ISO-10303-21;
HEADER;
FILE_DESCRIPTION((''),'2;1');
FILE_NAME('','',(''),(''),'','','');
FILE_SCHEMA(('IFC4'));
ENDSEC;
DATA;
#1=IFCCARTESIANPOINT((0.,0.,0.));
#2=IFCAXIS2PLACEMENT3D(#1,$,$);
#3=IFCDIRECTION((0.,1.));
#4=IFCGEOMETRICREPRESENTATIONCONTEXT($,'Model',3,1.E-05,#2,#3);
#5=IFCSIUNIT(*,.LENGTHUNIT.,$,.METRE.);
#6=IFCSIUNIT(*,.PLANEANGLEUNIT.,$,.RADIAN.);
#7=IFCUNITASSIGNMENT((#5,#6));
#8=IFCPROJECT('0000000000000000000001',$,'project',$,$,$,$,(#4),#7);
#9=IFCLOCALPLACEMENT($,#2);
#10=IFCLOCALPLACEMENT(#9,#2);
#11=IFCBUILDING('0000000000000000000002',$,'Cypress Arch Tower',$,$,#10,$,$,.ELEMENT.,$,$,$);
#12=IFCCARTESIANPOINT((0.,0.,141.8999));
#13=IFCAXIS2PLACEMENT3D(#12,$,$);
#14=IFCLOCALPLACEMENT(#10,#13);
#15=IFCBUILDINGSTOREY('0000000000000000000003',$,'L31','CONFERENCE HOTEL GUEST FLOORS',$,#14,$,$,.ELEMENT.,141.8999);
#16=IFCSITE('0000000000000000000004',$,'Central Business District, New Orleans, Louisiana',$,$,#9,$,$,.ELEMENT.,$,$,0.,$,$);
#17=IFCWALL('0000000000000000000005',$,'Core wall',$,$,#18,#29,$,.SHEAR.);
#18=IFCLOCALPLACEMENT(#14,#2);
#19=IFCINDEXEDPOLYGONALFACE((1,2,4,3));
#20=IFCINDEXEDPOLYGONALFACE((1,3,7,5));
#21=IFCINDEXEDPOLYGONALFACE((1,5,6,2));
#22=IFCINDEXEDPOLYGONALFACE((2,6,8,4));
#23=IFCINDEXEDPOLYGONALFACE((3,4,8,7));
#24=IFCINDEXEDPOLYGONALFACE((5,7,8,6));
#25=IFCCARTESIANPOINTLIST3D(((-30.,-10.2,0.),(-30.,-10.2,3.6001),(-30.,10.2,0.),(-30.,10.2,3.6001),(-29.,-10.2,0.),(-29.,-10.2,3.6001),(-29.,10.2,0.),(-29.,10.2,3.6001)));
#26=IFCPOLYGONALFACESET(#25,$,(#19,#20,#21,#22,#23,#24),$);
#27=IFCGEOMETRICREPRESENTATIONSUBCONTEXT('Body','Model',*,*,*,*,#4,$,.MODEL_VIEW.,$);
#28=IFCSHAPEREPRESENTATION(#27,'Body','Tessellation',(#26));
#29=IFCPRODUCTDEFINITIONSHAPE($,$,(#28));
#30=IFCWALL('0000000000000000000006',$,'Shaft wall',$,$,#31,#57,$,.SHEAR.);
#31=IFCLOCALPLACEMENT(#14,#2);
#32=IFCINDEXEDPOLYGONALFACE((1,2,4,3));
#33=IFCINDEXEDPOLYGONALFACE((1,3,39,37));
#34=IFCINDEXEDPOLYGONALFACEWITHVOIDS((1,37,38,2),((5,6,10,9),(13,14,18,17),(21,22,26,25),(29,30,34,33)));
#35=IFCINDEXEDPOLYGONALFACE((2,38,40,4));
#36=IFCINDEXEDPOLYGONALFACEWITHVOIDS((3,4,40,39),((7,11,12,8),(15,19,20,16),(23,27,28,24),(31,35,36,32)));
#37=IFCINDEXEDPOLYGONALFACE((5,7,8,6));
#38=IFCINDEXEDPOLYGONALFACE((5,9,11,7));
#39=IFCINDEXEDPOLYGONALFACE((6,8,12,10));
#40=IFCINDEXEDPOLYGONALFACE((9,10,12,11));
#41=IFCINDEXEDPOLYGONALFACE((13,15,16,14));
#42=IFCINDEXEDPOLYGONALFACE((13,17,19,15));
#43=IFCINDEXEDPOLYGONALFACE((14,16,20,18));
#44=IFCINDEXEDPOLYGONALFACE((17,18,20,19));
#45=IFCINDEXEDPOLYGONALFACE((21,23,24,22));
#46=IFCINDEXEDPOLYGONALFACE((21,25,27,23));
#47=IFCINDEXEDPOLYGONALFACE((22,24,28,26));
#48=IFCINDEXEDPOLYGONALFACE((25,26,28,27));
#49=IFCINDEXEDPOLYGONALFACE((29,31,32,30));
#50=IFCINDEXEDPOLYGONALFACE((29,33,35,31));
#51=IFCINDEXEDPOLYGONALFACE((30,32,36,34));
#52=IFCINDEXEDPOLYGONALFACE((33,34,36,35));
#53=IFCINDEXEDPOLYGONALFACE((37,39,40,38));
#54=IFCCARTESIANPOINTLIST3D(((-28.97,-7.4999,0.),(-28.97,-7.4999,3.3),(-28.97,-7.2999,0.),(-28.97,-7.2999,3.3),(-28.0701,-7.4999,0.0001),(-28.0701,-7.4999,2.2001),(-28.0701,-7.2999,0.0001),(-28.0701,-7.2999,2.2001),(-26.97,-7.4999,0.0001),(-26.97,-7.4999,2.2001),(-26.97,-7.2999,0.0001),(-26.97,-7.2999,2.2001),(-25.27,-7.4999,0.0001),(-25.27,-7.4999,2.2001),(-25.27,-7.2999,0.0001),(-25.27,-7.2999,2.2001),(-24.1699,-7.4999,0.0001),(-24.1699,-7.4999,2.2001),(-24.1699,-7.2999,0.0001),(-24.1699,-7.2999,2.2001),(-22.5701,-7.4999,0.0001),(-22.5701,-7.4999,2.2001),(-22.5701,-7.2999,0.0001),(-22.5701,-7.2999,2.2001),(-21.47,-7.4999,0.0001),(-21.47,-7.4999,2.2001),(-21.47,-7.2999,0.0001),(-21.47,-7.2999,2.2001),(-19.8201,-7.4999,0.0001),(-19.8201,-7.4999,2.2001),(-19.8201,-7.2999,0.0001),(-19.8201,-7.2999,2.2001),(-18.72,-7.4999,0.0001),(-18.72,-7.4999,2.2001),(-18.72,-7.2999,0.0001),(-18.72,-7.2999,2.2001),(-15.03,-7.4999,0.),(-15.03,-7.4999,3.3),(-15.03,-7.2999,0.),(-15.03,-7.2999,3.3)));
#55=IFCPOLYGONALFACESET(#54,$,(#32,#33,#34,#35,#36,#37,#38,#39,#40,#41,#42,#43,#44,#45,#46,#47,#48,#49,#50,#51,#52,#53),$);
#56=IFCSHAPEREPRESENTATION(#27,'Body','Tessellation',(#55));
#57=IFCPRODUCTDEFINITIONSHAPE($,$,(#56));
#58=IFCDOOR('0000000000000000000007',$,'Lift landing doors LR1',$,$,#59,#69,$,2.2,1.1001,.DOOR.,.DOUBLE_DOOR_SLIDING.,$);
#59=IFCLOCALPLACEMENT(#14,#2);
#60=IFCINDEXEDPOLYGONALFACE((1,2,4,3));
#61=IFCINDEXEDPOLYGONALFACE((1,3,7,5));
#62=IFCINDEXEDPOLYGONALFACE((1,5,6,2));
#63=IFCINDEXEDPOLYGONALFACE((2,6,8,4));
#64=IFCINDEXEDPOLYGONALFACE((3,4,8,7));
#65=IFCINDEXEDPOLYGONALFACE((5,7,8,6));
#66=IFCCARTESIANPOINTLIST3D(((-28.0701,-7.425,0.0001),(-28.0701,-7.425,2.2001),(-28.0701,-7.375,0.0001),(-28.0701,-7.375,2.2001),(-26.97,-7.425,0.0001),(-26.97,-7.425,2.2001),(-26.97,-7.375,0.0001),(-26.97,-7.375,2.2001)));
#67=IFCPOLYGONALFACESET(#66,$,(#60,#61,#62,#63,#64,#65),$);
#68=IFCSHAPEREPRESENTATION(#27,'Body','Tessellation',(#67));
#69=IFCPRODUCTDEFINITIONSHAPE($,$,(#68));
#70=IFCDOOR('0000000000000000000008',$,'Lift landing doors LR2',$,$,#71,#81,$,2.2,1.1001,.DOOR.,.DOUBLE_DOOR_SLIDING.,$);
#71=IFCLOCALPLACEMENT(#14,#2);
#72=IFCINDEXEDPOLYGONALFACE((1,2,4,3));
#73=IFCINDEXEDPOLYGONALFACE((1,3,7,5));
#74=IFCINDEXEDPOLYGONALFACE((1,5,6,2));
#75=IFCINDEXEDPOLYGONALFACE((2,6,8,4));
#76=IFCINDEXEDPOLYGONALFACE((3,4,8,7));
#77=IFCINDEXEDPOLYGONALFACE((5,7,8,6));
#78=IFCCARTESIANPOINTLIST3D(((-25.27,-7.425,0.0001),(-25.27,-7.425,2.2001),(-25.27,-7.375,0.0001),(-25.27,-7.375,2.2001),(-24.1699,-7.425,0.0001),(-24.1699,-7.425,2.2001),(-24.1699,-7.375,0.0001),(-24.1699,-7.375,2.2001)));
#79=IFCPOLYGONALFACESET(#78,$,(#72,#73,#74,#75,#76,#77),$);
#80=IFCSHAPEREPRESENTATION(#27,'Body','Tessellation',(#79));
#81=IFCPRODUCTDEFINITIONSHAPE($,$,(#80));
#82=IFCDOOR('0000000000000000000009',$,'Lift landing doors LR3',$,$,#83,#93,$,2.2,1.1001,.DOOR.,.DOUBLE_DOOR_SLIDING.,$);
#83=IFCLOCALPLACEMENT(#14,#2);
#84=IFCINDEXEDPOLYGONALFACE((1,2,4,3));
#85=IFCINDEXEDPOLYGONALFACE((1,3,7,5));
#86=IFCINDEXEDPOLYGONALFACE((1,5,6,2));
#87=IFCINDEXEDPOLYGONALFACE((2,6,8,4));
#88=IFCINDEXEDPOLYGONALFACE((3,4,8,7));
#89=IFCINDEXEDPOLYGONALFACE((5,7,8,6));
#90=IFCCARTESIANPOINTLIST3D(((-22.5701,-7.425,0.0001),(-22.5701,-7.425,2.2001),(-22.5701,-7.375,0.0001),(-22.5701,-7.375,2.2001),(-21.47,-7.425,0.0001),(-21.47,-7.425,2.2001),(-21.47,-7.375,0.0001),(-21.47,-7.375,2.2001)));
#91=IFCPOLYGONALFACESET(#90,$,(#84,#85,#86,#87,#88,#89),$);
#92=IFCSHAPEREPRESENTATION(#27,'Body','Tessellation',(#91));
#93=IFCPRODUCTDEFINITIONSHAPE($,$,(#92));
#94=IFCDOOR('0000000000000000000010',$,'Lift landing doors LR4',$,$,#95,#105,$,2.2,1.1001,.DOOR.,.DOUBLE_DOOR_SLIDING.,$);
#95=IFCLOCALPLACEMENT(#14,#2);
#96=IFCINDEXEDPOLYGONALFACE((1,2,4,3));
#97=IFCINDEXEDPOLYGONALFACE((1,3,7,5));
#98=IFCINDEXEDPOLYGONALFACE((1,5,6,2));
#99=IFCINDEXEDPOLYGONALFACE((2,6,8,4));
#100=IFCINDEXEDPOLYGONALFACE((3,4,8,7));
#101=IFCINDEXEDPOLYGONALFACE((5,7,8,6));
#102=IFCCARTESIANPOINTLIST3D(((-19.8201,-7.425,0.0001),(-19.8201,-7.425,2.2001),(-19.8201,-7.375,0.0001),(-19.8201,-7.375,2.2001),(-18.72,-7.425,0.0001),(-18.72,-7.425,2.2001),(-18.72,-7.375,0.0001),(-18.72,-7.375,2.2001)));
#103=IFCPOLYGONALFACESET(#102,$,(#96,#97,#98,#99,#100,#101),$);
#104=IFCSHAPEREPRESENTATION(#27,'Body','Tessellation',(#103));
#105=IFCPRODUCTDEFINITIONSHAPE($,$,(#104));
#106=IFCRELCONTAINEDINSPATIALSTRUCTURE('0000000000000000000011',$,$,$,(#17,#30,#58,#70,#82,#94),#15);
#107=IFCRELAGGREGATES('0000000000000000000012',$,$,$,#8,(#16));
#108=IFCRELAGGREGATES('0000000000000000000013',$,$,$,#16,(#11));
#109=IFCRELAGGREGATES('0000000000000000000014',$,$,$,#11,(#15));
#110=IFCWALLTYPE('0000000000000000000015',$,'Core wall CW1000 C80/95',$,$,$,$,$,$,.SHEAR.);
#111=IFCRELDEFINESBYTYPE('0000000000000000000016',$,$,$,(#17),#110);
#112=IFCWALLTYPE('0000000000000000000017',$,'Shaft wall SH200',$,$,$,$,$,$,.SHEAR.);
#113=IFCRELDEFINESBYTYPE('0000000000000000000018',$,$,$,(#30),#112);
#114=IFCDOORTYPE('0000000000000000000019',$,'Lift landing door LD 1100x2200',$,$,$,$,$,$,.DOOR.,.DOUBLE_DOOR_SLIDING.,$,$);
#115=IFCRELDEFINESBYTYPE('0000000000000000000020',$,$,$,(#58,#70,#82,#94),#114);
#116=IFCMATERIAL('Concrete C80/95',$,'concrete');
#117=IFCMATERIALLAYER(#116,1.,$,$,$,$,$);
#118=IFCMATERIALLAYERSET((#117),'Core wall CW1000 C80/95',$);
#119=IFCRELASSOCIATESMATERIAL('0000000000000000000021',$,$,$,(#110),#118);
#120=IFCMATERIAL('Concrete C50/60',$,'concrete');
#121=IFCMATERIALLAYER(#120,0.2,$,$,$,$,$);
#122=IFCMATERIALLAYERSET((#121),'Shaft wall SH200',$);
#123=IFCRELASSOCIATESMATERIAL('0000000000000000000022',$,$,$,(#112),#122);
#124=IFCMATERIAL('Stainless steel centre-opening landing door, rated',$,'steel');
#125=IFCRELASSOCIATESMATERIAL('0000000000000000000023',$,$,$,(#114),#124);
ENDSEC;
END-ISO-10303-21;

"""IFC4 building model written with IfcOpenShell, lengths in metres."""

from ifc_helpers import new_model, si_unit, direction, frame, frame_2d, origin, place, context, subcontext, project, spatial, rectangle, extrude, material, layer, layer_set, type_object, element, fill, save


model = new_model("IFC4")

# Units and contexts
model_context = context("Model", 3, precision=1e-05, world=origin(), true_north=direction((0.0, 1.0)))
body_context = subcontext(model_context, "Body", "Model", "MODEL_VIEW")
ifc_project = project(units=[si_unit("LENGTHUNIT", "METRE"), si_unit("PLANEANGLEUNIT", "RADIAN")], contexts=[model_context])

# Site, building, storey
site_placement = place(None, origin())
site = spatial("IfcSite", under=ifc_project, at=site_placement, Name="Central Business District, New Orleans, Louisiana", CompositionType="ELEMENT", RefElevation=0.0)
building_placement = place(site_placement, origin())
building = spatial("IfcBuilding", under=site, at=building_placement, Name="Cypress Arch Tower", CompositionType="ELEMENT")
storey_placement = place(building_placement, frame((0.0, 0.0, 141.8999)))
storey = spatial("IfcBuildingStorey", under=building, at=storey_placement, Name="L31", Description="CONFERENCE HOTEL GUEST FLOORS", CompositionType="ELEMENT", Elevation=141.8999)

# Wall
ifc_material_1 = material(Name="Concrete C80/95", Category="concrete")
ifc_layer_1 = layer(ifc_material_1, 1.0)
ifc_layer_set_1 = layer_set([ifc_layer_1], Name="Core wall CW1000 C80/95")
wall_type_1 = type_object("IfcWallType", Name="Core wall CW1000 C80/95", PredefinedType="SHEAR", material=ifc_layer_set_1)
wall_1_placement = place(storey_placement, frame((-29.5, -10.2, 0.0), z_axis=(0.0, 0.0, 1.0), x_axis=(0.0, 1.0, 0.0)))
element("IfcWall", 1, at=wall_1_placement, inside=storey, type_object=wall_type_1, Name="Core wall", PredefinedType="SHEAR", context=body_context, shape_type="SweptSolid", body=[
    extrude(rectangle(XDim=20.3999, YDim=1.0, at=frame_2d((10.2, 0.0))), origin(), (0.0, 0.0, 1.0), 3.6001),
])

# Wall, openings, doors
ifc_material_2 = material(Name="Concrete C50/60", Category="concrete")
ifc_layer_2 = layer(ifc_material_2, 0.2)
ifc_layer_set_2 = layer_set([ifc_layer_2], Name="Shaft wall SH200")
wall_type_2 = type_object("IfcWallType", Name="Shaft wall SH200", PredefinedType="SHEAR", material=ifc_layer_set_2)
wall_2_placement = place(storey_placement, frame((-28.97, -7.3999, 0.0), z_axis=(0.0, 0.0, 1.0), x_axis=(1.0, 0.0, 0.0)))
wall_2 = element("IfcWall", 2, at=wall_2_placement, inside=storey, type_object=wall_type_2, Name="Shaft wall", PredefinedType="SHEAR", context=body_context, shape_type="SweptSolid", body=[
    extrude(rectangle(XDim=13.9399, YDim=0.2, at=frame_2d((6.97, 0.0))), origin(), (0.0, 0.0, 1.0), 3.3),
])
opening_1_placement = place(wall_2_placement, frame((0.8999, 0.0, 0.0)))
opening_1 = element("IfcOpeningElement", 3, at=opening_1_placement, cuts=wall_2, PredefinedType="OPENING", context=body_context, shape_type="SweptSolid", body=[
    extrude(rectangle(XDim=1.1001, YDim=2.2, at=frame_2d((0.55, 1.1001))), frame((0.0, 0.1099, 0.0), z_axis=(0.0, -1.0, 0.0), x_axis=(1.0, 0.0, 0.0)), (0.0, 0.0, 1.0), 0.22),
])
opening_2_placement = place(wall_2_placement, frame((3.7, 0.0, 0.0)))
opening_2 = element("IfcOpeningElement", 4, at=opening_2_placement, cuts=wall_2, PredefinedType="OPENING", context=body_context, shape_type="SweptSolid", body=[
    extrude(rectangle(XDim=1.1001, YDim=2.2, at=frame_2d((0.55, 1.1001))), frame((0.0, 0.1099, 0.0), z_axis=(0.0, -1.0, 0.0), x_axis=(1.0, 0.0, 0.0)), (0.0, 0.0, 1.0), 0.22),
])
opening_3_placement = place(wall_2_placement, frame((6.3999, 0.0, 0.0)))
opening_3 = element("IfcOpeningElement", 5, at=opening_3_placement, cuts=wall_2, PredefinedType="OPENING", context=body_context, shape_type="SweptSolid", body=[
    extrude(rectangle(XDim=1.1001, YDim=2.2, at=frame_2d((0.55, 1.1001))), frame((0.0, 0.1099, 0.0), z_axis=(0.0, -1.0, 0.0), x_axis=(1.0, 0.0, 0.0)), (0.0, 0.0, 1.0), 0.22),
])
opening_4_placement = place(wall_2_placement, frame((9.1499, 0.0, 0.0)))
opening_4 = element("IfcOpeningElement", 6, at=opening_4_placement, cuts=wall_2, PredefinedType="OPENING", context=body_context, shape_type="SweptSolid", body=[
    extrude(rectangle(XDim=1.1001, YDim=2.2, at=frame_2d((0.55, 1.1001))), frame((0.0, 0.1099, 0.0), z_axis=(0.0, -1.0, 0.0), x_axis=(1.0, 0.0, 0.0)), (0.0, 0.0, 1.0), 0.22),
])
ifc_material_3 = material(Name="Stainless steel centre-opening landing door, rated", Category="steel")
door_type = type_object("IfcDoorType", Name="Lift landing door LD 1100x2200", OperationType="DOUBLE_DOOR_SLIDING", PredefinedType="DOOR", material=ifc_material_3)
door_1_placement = place(opening_1_placement, origin())
door_1 = element("IfcDoor", 7, at=door_1_placement, inside=storey, type_object=door_type, Name="Lift landing doors LR1", OperationType="DOUBLE_DOOR_SLIDING", OverallHeight=2.2, OverallWidth=1.1001, PredefinedType="DOOR", context=body_context, shape_type="SweptSolid", body=[
    extrude(rectangle(XDim=1.1001, YDim=2.2, at=frame_2d((0.55, 1.1001))), frame((0.0, 0.0249, 0.0), z_axis=(0.0, -1.0, 0.0), x_axis=(1.0, 0.0, 0.0)), (0.0, 0.0, 1.0), 0.05),
])
fill(opening_1, door_1)
door_2_placement = place(opening_2_placement, origin())
door_2 = element("IfcDoor", 8, at=door_2_placement, inside=storey, type_object=door_type, Name="Lift landing doors LR2", OperationType="DOUBLE_DOOR_SLIDING", OverallHeight=2.2, OverallWidth=1.1001, PredefinedType="DOOR", context=body_context, shape_type="SweptSolid", body=[
    extrude(rectangle(XDim=1.1001, YDim=2.2, at=frame_2d((0.55, 1.1001))), frame((0.0, 0.0249, 0.0), z_axis=(0.0, -1.0, 0.0), x_axis=(1.0, 0.0, 0.0)), (0.0, 0.0, 1.0), 0.05),
])
fill(opening_2, door_2)
door_3_placement = place(opening_3_placement, origin())
door_3 = element("IfcDoor", 9, at=door_3_placement, inside=storey, type_object=door_type, Name="Lift landing doors LR3", OperationType="DOUBLE_DOOR_SLIDING", OverallHeight=2.2, OverallWidth=1.1001, PredefinedType="DOOR", context=body_context, shape_type="SweptSolid", body=[
    extrude(rectangle(XDim=1.1001, YDim=2.2, at=frame_2d((0.55, 1.1001))), frame((0.0, 0.0249, 0.0), z_axis=(0.0, -1.0, 0.0), x_axis=(1.0, 0.0, 0.0)), (0.0, 0.0, 1.0), 0.05),
])
fill(opening_3, door_3)
door_4_placement = place(opening_4_placement, origin())
door_4 = element("IfcDoor", 10, at=door_4_placement, inside=storey, type_object=door_type, Name="Lift landing doors LR4", OperationType="DOUBLE_DOOR_SLIDING", OverallHeight=2.2, OverallWidth=1.1001, PredefinedType="DOOR", context=body_context, shape_type="SweptSolid", body=[
    extrude(rectangle(XDim=1.1001, YDim=2.2, at=frame_2d((0.55, 1.1001))), frame((0.0, 0.0249, 0.0), z_axis=(0.0, -1.0, 0.0), x_axis=(1.0, 0.0, 0.0)), (0.0, 0.0, 1.0), 0.05),
])
fill(opening_4, door_4)

save(model, "model.ifc")
